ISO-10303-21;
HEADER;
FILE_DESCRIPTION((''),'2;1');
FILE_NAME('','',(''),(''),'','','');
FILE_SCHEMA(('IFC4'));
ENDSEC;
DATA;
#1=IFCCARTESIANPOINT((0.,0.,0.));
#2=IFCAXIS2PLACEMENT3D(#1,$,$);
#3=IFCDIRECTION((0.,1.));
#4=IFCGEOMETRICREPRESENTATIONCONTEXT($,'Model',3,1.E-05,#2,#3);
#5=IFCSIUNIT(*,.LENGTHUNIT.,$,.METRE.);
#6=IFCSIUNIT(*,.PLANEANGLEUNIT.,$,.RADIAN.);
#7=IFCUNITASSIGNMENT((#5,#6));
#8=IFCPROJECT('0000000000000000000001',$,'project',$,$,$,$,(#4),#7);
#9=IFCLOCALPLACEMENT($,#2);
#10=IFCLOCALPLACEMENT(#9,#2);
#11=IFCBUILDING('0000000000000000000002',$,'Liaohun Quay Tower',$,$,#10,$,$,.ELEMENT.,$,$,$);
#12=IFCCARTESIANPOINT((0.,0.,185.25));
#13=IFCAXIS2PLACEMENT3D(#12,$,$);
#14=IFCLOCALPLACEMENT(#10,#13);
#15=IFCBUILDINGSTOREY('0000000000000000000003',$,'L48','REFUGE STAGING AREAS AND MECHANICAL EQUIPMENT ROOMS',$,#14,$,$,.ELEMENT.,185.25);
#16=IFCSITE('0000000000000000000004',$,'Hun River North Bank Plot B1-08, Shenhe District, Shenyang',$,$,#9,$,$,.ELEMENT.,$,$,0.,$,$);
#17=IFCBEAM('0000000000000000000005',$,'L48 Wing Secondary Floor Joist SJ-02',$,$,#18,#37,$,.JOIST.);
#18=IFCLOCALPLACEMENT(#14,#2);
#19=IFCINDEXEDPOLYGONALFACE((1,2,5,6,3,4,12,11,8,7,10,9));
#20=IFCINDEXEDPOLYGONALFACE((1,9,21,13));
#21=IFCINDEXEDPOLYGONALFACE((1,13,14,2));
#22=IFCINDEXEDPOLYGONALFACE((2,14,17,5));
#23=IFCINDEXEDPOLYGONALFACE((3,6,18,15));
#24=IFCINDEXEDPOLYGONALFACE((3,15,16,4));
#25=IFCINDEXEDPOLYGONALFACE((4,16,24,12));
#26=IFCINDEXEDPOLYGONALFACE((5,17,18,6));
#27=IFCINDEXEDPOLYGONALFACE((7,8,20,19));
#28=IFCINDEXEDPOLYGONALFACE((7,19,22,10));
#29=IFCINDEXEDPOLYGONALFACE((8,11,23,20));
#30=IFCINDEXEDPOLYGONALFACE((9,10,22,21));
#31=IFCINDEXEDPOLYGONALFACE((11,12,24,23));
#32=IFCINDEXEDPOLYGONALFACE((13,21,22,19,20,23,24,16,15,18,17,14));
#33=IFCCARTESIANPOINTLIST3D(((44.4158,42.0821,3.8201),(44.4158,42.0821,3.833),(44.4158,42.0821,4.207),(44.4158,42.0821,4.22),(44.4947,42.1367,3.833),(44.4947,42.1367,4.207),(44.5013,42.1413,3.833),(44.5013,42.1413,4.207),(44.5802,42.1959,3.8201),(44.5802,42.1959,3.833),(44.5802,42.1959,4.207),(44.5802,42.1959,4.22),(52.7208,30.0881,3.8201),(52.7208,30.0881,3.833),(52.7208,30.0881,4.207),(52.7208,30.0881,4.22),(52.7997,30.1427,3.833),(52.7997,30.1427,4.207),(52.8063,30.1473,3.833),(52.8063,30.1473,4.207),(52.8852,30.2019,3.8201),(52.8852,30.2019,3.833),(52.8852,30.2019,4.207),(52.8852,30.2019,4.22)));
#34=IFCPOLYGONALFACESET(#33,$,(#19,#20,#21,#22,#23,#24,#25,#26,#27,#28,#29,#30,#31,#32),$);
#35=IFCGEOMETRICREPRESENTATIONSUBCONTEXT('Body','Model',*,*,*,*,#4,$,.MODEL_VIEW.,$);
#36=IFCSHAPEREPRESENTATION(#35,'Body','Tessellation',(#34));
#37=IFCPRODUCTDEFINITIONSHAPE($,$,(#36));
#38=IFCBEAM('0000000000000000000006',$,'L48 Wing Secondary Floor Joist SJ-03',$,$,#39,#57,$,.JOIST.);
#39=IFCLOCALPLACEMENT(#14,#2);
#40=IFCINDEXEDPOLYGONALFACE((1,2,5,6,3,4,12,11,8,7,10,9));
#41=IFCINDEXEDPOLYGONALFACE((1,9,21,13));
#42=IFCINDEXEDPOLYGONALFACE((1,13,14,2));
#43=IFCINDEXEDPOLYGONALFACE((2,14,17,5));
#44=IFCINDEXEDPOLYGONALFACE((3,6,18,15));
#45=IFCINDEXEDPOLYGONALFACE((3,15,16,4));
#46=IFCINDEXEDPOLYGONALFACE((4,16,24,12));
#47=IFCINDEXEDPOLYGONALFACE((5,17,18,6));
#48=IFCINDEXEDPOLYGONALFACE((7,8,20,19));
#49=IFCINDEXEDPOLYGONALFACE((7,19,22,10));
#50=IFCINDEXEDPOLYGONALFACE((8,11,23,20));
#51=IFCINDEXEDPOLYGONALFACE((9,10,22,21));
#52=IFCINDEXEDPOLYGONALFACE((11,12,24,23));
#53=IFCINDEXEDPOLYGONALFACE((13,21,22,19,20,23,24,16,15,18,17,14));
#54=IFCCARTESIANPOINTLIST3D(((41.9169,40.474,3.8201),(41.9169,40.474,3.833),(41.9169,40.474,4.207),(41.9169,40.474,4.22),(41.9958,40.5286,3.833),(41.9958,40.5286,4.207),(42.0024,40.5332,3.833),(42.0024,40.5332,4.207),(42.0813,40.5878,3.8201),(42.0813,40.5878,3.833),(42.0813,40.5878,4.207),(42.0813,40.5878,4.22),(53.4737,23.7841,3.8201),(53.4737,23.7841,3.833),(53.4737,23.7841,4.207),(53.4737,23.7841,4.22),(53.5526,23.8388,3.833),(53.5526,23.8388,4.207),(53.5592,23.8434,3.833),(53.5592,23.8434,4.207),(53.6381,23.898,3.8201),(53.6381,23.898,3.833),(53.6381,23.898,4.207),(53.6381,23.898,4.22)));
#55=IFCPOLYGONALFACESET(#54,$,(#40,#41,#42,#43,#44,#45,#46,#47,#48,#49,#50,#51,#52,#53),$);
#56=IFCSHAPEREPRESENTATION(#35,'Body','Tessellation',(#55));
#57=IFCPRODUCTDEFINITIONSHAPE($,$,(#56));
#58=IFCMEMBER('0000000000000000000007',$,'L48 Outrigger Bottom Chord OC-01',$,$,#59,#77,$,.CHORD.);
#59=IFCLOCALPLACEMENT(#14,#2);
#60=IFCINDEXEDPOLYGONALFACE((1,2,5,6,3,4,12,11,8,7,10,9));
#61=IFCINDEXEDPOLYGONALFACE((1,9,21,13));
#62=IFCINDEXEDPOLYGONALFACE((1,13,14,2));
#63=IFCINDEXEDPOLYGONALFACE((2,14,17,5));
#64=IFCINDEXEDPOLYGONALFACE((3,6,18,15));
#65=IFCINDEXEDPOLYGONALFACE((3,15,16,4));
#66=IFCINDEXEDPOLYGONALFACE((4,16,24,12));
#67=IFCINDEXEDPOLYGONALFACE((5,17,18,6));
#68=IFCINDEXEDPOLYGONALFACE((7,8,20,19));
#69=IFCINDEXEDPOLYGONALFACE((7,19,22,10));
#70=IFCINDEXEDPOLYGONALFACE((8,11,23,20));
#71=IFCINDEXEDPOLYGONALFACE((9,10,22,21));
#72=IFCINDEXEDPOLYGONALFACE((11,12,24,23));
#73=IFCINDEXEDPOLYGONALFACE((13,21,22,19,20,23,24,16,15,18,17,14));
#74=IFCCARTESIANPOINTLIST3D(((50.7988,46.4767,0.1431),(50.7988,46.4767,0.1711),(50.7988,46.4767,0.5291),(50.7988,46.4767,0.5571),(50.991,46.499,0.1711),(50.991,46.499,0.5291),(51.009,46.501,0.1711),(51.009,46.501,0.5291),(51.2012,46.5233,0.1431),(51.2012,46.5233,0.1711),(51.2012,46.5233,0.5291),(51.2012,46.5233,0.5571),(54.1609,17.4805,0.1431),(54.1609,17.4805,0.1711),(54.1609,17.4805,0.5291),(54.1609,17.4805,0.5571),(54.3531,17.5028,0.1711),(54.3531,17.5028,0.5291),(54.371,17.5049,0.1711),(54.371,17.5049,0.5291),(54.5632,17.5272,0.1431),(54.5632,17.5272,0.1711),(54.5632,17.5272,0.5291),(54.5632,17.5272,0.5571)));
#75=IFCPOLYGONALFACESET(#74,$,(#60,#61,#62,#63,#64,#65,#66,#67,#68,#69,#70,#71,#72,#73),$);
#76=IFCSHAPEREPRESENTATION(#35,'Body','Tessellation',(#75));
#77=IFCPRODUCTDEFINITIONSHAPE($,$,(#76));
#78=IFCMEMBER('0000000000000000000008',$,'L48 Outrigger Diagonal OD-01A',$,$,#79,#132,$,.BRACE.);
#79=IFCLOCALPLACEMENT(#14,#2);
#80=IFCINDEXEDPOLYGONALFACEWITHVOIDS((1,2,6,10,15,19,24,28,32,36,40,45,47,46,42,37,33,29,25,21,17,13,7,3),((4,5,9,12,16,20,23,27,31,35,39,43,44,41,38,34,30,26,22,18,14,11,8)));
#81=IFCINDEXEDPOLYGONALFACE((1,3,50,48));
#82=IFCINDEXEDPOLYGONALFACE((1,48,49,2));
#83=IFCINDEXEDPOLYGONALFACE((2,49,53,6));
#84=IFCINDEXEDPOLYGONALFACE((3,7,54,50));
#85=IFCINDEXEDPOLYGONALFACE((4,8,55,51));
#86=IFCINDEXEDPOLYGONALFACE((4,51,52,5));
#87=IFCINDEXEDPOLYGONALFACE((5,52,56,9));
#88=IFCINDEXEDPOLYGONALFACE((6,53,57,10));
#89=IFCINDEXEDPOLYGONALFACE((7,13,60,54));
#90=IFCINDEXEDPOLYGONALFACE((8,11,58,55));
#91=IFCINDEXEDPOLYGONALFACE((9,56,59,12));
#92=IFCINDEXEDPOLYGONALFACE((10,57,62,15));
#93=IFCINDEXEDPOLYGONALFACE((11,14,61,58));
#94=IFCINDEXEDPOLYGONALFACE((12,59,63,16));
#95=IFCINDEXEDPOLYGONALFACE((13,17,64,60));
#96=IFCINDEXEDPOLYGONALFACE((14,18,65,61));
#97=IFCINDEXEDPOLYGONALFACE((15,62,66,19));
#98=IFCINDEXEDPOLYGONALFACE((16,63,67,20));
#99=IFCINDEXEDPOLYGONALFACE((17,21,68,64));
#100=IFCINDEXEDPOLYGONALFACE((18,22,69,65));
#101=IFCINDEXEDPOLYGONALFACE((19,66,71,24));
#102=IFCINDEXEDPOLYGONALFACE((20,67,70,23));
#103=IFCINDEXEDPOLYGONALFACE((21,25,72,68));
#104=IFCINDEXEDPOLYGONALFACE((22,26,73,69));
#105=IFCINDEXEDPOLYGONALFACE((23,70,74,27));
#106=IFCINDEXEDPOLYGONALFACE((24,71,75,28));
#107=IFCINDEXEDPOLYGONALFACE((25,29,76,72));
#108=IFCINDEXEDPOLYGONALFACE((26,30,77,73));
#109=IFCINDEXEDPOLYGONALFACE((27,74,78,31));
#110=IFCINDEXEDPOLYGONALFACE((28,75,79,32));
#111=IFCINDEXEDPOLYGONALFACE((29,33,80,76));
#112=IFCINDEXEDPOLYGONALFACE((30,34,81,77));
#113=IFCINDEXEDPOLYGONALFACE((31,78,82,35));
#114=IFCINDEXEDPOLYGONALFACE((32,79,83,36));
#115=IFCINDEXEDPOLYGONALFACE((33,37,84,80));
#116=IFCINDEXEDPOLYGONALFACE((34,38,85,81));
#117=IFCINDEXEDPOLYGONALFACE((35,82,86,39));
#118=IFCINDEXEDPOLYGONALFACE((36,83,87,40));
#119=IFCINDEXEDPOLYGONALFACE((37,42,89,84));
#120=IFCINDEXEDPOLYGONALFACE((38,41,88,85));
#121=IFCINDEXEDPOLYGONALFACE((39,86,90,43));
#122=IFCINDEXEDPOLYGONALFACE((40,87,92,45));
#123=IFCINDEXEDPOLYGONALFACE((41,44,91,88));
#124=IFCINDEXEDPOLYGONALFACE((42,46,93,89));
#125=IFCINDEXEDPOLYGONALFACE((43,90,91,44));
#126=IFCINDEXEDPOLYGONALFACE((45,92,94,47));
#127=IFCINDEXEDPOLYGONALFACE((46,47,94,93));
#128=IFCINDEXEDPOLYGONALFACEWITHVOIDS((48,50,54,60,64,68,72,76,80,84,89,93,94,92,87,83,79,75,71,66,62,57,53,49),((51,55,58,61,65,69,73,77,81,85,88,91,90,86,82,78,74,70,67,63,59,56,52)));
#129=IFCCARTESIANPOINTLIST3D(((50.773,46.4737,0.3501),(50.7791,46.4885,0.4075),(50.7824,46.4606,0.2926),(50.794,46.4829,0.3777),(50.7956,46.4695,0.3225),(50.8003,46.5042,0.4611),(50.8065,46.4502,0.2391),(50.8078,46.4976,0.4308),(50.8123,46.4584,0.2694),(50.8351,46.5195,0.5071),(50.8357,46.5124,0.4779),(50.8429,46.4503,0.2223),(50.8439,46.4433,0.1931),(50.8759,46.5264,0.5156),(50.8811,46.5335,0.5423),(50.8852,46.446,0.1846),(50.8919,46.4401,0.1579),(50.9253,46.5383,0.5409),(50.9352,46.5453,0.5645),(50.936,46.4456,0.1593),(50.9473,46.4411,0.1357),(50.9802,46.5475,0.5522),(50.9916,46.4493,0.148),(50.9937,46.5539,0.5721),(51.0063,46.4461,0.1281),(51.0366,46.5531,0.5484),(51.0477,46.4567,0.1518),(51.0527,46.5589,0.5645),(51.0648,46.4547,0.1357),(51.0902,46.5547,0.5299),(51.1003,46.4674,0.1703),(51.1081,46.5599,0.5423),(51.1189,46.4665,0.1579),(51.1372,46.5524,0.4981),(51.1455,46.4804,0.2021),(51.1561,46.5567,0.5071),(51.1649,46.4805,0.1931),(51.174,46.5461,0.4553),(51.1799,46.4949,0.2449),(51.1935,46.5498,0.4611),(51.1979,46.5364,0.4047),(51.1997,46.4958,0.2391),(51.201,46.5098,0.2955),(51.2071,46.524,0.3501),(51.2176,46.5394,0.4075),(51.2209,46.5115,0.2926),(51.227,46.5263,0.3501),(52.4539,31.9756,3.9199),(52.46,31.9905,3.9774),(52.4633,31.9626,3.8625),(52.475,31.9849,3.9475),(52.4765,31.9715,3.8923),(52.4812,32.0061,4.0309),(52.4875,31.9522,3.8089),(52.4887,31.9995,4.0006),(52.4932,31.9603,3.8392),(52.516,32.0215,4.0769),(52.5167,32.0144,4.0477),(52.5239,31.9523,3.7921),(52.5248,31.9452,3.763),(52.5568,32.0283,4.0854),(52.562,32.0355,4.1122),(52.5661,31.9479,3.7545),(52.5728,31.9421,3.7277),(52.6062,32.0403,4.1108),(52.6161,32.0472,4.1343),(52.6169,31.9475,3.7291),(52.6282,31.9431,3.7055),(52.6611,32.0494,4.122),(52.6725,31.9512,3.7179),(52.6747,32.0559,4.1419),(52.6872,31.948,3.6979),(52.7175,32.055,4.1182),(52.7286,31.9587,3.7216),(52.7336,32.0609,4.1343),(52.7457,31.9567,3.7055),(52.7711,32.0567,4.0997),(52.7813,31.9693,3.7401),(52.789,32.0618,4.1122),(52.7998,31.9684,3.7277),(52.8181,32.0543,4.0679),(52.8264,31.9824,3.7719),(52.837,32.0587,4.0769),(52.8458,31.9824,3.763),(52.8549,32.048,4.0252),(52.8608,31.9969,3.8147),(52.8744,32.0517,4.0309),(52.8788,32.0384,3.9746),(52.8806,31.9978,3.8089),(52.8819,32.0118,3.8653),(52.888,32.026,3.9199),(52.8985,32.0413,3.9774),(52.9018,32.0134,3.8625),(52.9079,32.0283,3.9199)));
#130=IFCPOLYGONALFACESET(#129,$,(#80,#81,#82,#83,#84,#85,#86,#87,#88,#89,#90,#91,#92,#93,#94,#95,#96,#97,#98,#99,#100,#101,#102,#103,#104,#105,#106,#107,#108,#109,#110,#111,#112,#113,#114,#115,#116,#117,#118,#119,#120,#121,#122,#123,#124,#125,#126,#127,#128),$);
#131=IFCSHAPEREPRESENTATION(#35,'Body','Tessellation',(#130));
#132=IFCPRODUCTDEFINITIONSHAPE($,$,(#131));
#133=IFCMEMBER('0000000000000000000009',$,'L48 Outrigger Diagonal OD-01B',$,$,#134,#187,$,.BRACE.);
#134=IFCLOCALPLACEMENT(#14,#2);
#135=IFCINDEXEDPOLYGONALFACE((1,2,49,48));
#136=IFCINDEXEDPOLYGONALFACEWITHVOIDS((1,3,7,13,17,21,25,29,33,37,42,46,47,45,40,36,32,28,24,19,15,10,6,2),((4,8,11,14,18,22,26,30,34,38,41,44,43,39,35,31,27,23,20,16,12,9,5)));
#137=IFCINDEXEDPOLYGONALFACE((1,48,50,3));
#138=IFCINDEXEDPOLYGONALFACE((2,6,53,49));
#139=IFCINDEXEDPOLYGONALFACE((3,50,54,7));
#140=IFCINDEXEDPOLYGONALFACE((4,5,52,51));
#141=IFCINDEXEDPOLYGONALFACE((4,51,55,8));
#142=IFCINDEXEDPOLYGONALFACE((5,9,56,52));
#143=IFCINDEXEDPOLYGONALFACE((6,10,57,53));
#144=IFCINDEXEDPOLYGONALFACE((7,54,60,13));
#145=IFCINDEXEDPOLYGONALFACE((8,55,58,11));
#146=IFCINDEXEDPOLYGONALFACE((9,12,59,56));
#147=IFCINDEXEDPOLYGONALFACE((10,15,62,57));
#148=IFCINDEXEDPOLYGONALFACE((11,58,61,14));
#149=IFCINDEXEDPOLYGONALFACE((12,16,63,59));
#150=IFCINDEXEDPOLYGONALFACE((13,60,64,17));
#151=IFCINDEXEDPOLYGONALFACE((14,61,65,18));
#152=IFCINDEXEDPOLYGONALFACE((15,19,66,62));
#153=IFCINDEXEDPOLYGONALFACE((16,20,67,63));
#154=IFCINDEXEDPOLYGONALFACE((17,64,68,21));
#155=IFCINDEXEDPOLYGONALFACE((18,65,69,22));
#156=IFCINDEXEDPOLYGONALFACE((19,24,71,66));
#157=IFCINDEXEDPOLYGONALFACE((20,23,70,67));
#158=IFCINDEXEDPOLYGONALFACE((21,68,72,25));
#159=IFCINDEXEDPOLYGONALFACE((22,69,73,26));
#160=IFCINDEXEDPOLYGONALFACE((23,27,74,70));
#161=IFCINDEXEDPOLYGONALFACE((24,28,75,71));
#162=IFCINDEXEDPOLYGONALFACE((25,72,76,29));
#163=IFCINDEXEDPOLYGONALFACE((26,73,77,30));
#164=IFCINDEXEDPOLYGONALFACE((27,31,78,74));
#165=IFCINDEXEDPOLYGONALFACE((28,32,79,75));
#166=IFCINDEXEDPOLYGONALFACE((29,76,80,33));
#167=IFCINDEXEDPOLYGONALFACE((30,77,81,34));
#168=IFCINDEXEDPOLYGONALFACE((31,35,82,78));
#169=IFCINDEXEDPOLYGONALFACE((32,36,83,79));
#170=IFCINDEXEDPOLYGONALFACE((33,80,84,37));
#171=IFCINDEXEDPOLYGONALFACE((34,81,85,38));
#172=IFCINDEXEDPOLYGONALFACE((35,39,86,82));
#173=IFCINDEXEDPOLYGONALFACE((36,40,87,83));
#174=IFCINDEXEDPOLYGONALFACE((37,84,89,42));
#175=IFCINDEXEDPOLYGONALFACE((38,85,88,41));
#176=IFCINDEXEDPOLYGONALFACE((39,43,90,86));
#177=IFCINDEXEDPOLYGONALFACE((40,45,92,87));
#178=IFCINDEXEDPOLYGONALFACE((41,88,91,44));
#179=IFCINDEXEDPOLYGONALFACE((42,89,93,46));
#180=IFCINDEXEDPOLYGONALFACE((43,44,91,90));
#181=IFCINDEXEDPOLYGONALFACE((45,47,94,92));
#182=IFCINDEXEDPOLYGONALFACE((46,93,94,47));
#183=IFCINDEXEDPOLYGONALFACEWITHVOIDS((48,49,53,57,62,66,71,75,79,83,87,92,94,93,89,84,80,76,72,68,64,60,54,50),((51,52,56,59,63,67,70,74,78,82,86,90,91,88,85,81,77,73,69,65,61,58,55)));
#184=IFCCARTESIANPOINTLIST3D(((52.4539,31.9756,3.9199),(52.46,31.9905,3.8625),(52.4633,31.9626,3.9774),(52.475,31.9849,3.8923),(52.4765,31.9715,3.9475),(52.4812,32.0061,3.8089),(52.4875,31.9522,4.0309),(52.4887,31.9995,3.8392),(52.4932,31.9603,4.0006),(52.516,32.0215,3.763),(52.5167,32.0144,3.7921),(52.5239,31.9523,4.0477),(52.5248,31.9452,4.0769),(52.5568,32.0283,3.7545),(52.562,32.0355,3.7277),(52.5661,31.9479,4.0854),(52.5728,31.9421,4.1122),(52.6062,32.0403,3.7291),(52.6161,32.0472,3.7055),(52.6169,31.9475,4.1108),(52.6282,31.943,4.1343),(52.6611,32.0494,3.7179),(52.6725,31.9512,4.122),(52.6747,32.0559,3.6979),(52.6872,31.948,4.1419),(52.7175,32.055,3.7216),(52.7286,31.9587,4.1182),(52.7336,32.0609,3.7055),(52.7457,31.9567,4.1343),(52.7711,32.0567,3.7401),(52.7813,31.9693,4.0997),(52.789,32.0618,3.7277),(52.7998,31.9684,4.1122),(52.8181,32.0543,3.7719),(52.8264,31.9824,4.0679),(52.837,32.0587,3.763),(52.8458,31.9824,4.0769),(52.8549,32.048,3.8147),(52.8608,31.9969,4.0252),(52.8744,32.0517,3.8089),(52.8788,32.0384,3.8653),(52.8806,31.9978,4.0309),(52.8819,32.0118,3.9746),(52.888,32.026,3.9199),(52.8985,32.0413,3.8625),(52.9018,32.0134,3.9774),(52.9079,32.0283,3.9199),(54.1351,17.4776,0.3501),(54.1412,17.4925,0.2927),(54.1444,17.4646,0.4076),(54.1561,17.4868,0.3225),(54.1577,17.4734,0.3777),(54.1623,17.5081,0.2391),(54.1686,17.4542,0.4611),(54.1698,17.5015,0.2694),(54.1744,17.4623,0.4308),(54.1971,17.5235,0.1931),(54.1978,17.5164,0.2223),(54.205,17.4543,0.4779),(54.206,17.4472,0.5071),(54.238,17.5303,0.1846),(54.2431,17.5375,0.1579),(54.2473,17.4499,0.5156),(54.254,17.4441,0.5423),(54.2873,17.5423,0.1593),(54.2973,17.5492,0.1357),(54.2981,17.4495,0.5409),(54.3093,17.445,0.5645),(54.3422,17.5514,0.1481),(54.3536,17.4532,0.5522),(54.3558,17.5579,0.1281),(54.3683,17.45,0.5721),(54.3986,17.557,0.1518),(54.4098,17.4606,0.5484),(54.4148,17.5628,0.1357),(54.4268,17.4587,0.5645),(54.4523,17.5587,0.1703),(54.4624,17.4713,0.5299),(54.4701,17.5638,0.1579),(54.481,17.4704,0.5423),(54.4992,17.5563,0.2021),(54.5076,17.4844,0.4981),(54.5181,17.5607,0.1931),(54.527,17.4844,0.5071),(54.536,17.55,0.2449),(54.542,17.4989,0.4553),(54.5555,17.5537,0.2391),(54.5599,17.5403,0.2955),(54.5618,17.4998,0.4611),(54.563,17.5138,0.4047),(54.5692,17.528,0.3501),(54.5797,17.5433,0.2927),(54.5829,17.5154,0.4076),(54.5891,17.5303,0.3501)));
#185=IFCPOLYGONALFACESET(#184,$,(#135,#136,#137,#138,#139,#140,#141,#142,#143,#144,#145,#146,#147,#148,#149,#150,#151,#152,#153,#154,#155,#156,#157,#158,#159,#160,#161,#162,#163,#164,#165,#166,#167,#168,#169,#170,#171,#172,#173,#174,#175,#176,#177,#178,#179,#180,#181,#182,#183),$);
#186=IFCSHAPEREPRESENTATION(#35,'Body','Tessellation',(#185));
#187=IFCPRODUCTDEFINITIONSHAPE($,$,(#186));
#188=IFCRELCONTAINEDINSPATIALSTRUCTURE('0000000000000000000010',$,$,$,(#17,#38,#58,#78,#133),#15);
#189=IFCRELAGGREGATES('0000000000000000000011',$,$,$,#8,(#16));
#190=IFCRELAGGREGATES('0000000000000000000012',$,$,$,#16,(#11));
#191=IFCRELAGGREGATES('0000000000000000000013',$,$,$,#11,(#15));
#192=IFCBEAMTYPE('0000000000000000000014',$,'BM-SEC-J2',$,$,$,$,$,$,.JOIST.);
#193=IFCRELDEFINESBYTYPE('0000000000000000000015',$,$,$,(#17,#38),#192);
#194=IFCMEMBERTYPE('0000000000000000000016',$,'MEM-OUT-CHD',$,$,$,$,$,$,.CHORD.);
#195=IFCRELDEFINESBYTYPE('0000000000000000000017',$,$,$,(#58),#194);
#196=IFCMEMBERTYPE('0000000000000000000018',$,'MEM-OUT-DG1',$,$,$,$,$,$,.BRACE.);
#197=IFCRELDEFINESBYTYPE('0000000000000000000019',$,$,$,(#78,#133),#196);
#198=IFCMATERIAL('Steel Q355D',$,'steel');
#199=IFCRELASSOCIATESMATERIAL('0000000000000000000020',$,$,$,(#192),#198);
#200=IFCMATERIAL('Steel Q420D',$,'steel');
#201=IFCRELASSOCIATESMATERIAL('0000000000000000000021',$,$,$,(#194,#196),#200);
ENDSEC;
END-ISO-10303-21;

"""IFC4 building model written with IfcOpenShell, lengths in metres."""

from ifc_helpers import new_model, si_unit, direction, frame, origin, origin_2d, place, context, subcontext, project, spatial, hollow_circle, i_section, extrude, source, transform, mapped, material, material_profile, profile_set, type_object, element, save


model = new_model("IFC4")

# Units and contexts
model_context = context("Model", 3, precision=1e-05, world=origin(), true_north=direction((0.0, 1.0)))
body_context = subcontext(model_context, "Body", "Model", "MODEL_VIEW")
ifc_project = project(units=[si_unit("LENGTHUNIT", "METRE"), si_unit("PLANEANGLEUNIT", "RADIAN")], contexts=[model_context])

# Site, building, storey
site_placement = place(None, origin())
site = spatial("IfcSite", under=ifc_project, at=site_placement, Name="Hun River North Bank Plot B1-08, Shenhe District, Shenyang", CompositionType="ELEMENT", RefElevation=0.0)
building_placement = place(site_placement, origin())
building = spatial("IfcBuilding", under=site, at=building_placement, Name="Liaohun Quay Tower", CompositionType="ELEMENT")
storey_placement = place(building_placement, frame((0.0, 0.0, 185.25)))
storey = spatial("IfcBuildingStorey", under=building, at=storey_placement, Name="L48", Description="REFUGE STAGING AREAS AND MECHANICAL EQUIPMENT ROOMS", CompositionType="ELEMENT", Elevation=185.25)

# Beams
ifc_material_1 = material(Name="Steel Q355D", Category="steel")
ifc_material_profile_1 = material_profile(ifc_material_1, i_section(OverallWidth=0.2, OverallDepth=0.3999, WebThickness=0.0081, FlangeThickness=0.0129, at=origin_2d()), Name="HN400x200x8x13")
ifc_profile_set_1 = profile_set([ifc_material_profile_1], Name="Steel Q355D")
beam_type_1 = type_object("IfcBeamType", Name="BM-SEC-J2", PredefinedType="JOIST", material=ifc_profile_set_1)
shared_shape_1 = source(origin(), body_context, "Body", "SweptSolid", [
    extrude(i_section(OverallWidth=0.2, OverallDepth=0.3999, WebThickness=0.0081, FlangeThickness=0.0129, at=origin_2d()), origin(), (0.0, 0.0, 1.0), 14.5886),
])
beam_1_placement = place(storey_placement, frame((52.803, 30.145, 4.02), z_axis=(-0.569278, 0.822145, 0.0), x_axis=(-0.822145, -0.569278, 0.0)))
element("IfcBeam", 1, at=beam_1_placement, inside=storey, type_object=beam_type_1, Name="L48 Wing Secondary Floor Joist SJ-02", PredefinedType="JOIST", context=body_context, shape_type="MappedRepresentation", body=[
    mapped(shared_shape_1, transform((0.0, 0.0, 0.0), x_axis=(1.0, 0.0, 0.0), y_axis=(0.0, 1.0, 0.0), z_axis=(0.0, 0.0, 1.0), scale=1.0)),
])
shared_shape_2 = source(origin(), body_context, "Body", "SweptSolid", [
    extrude(i_section(OverallWidth=0.2, OverallDepth=0.3999, WebThickness=0.0081, FlangeThickness=0.0129, at=origin_2d()), origin(), (0.0, 0.0, 1.0), 20.3005),
])
beam_2_placement = place(storey_placement, frame((53.5559, 23.8411, 4.02), z_axis=(-0.569287, 0.822139, 0.0), x_axis=(-0.822139, -0.569287, 0.0)))
element("IfcBeam", 2, at=beam_2_placement, inside=storey, type_object=beam_type_1, Name="L48 Wing Secondary Floor Joist SJ-03", PredefinedType="JOIST", context=body_context, shape_type="MappedRepresentation", body=[
    mapped(shared_shape_2, transform((0.0, 0.0, 0.0), x_axis=(1.0, 0.0, 0.0), y_axis=(0.0, 1.0, 0.0), z_axis=(0.0, 0.0, 1.0), scale=1.0)),
])

# Members
ifc_material_2 = material(Name="Steel Q420D", Category="steel")
ifc_material_profile_2 = material_profile(ifc_material_2, i_section(OverallWidth=0.405, OverallDepth=0.4141, WebThickness=0.0181, FlangeThickness=0.0281, at=origin_2d()), Name="HW414x405x18x28")
ifc_profile_set_2 = profile_set([ifc_material_profile_2], Name="Steel Q420D")
member_type_1 = type_object("IfcMemberType", Name="MEM-OUT-CHD", PredefinedType="CHORD", material=ifc_profile_set_2)
shared_shape_3 = source(origin(), body_context, "Body", "SweptSolid", [
    extrude(i_section(OverallWidth=0.405, OverallDepth=0.4141, WebThickness=0.0181, FlangeThickness=0.0281, at=origin_2d()), origin(), (0.0, 0.0, 1.0), 29.1904),
])
member_1_placement = place(storey_placement, frame((51.0, 46.5, 0.3501), z_axis=(0.115177, -0.993345, 0.0), x_axis=(0.993345, 0.115177, 0.0)))
element("IfcMember", 3, at=member_1_placement, inside=storey, type_object=member_type_1, Name="L48 Outrigger Bottom Chord OC-01", PredefinedType="CHORD", context=body_context, shape_type="MappedRepresentation", body=[
    mapped(shared_shape_3, transform((0.0, 0.0, 0.0), x_axis=(1.0, 0.0, 0.0), y_axis=(0.0, 1.0, 0.0), z_axis=(0.0, 0.0, 1.0), scale=1.0)),
])
ifc_material_profile_3 = material_profile(ifc_material_2, hollow_circle(Radius=0.2285, WallThickness=0.02, at=origin_2d()), Name="CHS457x20")
ifc_profile_set_3 = profile_set([ifc_material_profile_3], Name="Steel Q420D")
member_type_2 = type_object("IfcMemberType", Name="MEM-OUT-DG1", PredefinedType="BRACE", material=ifc_profile_set_3)
shared_shape_4 = source(origin(), body_context, "Body", "SweptSolid", [
    extrude(hollow_circle(Radius=0.2285, WallThickness=0.02, at=origin_2d()), origin(), (0.0, 0.0, 1.0), 15.0254),
])
for number, where, z_axis, x_axis, name in (
    (4, (51.0, 46.5, 0.3501), (0.111871, -0.964903, 0.237586), (0.993346, 0.115169, 0.0), "L48 Outrigger Diagonal OD-01A"),
    (5, (52.6809, 32.002, 3.9199), (0.111887, -0.964901, -0.237586), (0.993344, 0.115185, 0.0), "L48 Outrigger Diagonal OD-01B"),
):
    element("IfcMember", number, at=place(storey_placement, frame(where, z_axis=z_axis, x_axis=x_axis)), inside=storey, type_object=member_type_2, Name=name, PredefinedType="BRACE", context=body_context, shape_type="MappedRepresentation", body=[
        mapped(shared_shape_4, transform((0.0, 0.0, 0.0), x_axis=(1.0, 0.0, 0.0), y_axis=(0.0, 1.0, 0.0), z_axis=(0.0, 0.0, 1.0), scale=1.0)),
    ])

save(model, "model.ifc")
